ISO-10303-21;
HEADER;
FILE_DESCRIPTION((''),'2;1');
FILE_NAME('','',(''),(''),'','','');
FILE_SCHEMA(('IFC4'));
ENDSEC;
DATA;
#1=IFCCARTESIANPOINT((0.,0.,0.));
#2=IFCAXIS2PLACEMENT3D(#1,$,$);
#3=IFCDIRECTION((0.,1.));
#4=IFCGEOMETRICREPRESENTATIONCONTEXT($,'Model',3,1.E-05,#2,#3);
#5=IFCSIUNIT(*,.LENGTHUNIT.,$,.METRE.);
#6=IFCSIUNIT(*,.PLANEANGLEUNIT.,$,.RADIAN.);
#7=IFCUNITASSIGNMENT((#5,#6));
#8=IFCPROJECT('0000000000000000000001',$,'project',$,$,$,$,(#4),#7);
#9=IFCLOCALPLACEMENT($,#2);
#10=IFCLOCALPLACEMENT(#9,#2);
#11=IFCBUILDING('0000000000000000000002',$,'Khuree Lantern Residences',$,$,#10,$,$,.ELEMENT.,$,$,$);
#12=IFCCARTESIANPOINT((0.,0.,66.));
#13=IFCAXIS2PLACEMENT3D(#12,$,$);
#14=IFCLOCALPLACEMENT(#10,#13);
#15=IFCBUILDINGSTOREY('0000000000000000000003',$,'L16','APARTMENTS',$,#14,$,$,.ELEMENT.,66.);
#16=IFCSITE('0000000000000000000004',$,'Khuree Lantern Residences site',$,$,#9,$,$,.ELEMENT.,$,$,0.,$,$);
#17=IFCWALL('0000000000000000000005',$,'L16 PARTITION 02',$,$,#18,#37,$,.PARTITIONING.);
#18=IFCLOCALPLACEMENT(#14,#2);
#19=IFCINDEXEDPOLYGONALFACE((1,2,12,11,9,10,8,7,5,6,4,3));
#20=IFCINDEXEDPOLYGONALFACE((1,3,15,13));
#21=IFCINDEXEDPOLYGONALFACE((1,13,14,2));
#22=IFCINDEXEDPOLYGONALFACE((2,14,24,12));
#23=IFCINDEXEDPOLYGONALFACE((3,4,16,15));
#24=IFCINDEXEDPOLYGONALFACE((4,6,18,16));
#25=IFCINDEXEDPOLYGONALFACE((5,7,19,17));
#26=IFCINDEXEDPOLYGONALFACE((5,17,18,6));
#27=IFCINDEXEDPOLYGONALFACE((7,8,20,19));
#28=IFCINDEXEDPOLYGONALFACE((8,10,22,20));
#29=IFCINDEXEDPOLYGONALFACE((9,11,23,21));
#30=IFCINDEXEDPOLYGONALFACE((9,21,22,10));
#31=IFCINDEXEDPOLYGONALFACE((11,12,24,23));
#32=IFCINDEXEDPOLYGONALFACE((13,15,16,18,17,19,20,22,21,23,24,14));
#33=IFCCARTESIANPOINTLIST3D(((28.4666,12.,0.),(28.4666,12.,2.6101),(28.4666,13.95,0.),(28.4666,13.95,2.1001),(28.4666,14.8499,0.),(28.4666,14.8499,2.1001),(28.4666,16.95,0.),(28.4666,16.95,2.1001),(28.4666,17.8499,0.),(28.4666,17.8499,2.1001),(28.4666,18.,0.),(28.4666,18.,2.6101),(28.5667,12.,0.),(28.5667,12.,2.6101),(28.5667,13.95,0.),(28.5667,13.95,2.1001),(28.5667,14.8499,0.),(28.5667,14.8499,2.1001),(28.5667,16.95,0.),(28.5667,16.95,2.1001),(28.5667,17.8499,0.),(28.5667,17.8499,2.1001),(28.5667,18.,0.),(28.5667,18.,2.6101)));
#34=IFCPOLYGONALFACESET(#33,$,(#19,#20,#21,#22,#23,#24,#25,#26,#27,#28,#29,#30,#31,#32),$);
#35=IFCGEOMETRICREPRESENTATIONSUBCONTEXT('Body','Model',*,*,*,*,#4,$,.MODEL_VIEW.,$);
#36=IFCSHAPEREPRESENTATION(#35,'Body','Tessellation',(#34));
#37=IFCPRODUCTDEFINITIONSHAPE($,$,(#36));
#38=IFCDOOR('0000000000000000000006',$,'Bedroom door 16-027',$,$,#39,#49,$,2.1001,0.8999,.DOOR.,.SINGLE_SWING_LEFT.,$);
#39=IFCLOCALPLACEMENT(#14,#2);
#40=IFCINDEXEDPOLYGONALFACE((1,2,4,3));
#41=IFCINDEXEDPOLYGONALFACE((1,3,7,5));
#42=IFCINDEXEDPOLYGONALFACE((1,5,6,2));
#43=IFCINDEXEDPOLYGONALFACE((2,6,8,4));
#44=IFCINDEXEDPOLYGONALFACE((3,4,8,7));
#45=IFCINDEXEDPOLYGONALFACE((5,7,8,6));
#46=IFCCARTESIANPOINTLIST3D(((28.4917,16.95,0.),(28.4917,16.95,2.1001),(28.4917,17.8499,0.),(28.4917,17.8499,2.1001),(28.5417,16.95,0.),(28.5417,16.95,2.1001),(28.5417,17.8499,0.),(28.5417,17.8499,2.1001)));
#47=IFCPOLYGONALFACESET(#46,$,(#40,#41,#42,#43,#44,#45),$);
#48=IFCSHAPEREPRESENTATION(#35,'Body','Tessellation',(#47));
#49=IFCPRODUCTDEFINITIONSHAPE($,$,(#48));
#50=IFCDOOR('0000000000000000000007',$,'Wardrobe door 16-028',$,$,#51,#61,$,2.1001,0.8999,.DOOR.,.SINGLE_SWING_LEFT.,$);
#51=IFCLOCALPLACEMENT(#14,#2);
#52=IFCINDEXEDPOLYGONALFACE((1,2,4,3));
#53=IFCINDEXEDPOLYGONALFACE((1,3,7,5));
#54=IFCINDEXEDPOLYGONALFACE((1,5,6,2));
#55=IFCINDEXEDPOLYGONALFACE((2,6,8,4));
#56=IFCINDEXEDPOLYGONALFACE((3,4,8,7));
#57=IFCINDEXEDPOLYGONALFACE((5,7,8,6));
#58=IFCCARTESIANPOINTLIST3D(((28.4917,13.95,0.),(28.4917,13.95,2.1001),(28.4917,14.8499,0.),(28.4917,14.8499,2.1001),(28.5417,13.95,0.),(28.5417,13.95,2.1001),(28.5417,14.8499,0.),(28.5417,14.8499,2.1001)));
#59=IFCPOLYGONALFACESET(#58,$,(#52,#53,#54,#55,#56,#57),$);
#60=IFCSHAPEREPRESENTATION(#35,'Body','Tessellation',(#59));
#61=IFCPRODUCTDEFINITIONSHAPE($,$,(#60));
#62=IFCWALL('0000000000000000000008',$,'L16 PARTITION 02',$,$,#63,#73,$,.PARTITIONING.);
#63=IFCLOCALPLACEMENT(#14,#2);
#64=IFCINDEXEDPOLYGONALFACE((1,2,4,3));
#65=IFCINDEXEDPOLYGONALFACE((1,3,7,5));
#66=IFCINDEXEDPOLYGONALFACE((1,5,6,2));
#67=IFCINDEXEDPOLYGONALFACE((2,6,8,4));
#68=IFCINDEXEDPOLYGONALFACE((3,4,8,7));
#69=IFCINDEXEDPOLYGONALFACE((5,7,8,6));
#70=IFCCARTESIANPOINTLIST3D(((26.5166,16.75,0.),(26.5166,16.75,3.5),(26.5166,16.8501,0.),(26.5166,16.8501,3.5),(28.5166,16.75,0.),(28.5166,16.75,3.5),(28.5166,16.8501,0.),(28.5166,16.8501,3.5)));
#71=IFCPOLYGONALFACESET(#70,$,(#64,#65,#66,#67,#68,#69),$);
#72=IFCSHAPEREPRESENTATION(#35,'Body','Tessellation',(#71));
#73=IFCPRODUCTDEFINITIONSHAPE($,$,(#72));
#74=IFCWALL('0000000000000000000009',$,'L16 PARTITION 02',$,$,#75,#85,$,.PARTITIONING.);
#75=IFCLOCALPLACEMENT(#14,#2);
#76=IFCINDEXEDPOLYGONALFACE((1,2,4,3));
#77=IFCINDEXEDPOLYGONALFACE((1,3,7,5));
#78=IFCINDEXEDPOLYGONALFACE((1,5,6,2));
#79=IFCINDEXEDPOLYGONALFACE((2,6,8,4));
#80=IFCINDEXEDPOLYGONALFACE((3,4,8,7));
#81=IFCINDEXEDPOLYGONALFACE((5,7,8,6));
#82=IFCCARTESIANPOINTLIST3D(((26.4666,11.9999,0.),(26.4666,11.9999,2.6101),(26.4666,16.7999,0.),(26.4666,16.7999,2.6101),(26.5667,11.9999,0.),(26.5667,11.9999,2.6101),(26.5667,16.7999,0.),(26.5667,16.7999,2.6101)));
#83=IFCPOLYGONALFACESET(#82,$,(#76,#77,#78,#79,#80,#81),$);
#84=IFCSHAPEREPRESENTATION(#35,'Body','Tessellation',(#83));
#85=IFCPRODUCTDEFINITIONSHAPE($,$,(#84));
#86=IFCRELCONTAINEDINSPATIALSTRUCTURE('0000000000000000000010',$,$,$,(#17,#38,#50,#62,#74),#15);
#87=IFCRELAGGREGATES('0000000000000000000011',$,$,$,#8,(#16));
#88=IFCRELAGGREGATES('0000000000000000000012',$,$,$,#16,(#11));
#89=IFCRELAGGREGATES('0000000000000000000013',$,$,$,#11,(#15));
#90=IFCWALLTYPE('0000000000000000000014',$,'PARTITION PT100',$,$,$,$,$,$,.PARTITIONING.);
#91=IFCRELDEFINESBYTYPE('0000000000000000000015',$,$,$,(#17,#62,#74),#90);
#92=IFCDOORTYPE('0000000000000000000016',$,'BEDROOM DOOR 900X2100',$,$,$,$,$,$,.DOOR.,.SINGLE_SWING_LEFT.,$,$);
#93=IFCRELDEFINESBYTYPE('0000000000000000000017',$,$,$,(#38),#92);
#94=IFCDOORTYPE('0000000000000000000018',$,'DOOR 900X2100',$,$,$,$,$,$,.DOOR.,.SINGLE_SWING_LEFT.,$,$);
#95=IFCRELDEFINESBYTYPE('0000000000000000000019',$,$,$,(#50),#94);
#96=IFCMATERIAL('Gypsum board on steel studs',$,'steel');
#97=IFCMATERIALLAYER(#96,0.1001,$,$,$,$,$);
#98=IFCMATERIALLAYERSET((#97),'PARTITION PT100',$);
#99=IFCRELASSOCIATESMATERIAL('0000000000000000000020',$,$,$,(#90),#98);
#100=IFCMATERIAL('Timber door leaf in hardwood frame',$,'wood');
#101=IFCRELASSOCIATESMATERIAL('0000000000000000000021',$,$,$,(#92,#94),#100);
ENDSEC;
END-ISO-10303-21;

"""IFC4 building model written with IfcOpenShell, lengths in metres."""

from ifc_helpers import new_model, si_unit, direction, frame, frame_2d, origin, place, context, subcontext, project, spatial, rectangle, extrude, material, layer, layer_set, type_object, element, fill, save


model = new_model("IFC4")

# Units and contexts
model_context = context("Model", 3, precision=1e-05, world=origin(), true_north=direction((0.0, 1.0)))
body_context = subcontext(model_context, "Body", "Model", "MODEL_VIEW")
ifc_project = project(units=[si_unit("LENGTHUNIT", "METRE"), si_unit("PLANEANGLEUNIT", "RADIAN")], contexts=[model_context])

# Site, building, storey
site_placement = place(None, origin())
site = spatial("IfcSite", under=ifc_project, at=site_placement, Name="Khuree Lantern Residences site", CompositionType="ELEMENT", RefElevation=0.0)
building_placement = place(site_placement, origin())
building = spatial("IfcBuilding", under=site, at=building_placement, Name="Khuree Lantern Residences", CompositionType="ELEMENT")
storey_placement = place(building_placement, frame((0.0, 0.0, 66.0)))
storey = spatial("IfcBuildingStorey", under=building, at=storey_placement, Name="L16", Description="APARTMENTS", CompositionType="ELEMENT", Elevation=66.0)

# Shared definitions
ifc_material_1 = material(Name="Gypsum board on steel studs", Category="steel")
ifc_layer_1 = layer(ifc_material_1, 0.1001)
ifc_layer_set_1 = layer_set([ifc_layer_1], Name="PARTITION PT100")
wall_type = type_object("IfcWallType", Name="PARTITION PT100", PredefinedType="PARTITIONING", material=ifc_layer_set_1)

# Shared definitions
ifc_material_2 = material(Name="Timber door leaf in hardwood frame", Category="wood")
door_type_1 = type_object("IfcDoorType", Name="BEDROOM DOOR 900X2100", OperationType="SINGLE_SWING_LEFT", PredefinedType="DOOR", material=ifc_material_2)

# Wall, openings, doors
wall_1_placement = place(storey_placement, frame((28.5166, 12.0, 0.0), z_axis=(0.0, 0.0, 1.0), x_axis=(0.0, 1.0, 0.0)))
wall_1 = element("IfcWall", 1, at=wall_1_placement, inside=storey, type_object=wall_type, Name="L16 PARTITION 02", PredefinedType="PARTITIONING", context=body_context, shape_type="SweptSolid", body=[
    extrude(rectangle(XDim=6.0, YDim=0.1001, at=frame_2d((3.0, 0.0))), origin(), (0.0, 0.0, 1.0), 2.6101),
])
opening_1_placement = place(wall_1_placement, frame((4.95, 0.0, 0.0)))
opening_1 = element("IfcOpeningElement", 2, at=opening_1_placement, cuts=wall_1, PredefinedType="OPENING", context=body_context, shape_type="SweptSolid", body=[
    extrude(rectangle(XDim=0.8999, YDim=2.1001, at=frame_2d((0.45, 1.05))), frame((0.0, 0.0601, 0.0), z_axis=(0.0, -1.0, 0.0), x_axis=(1.0, 0.0, 0.0)), (0.0, 0.0, 1.0), 0.1201),
])
opening_2_placement = place(wall_1_placement, frame((1.95, 0.0, 0.0)))
opening_2 = element("IfcOpeningElement", 3, at=opening_2_placement, cuts=wall_1, PredefinedType="OPENING", context=body_context, shape_type="SweptSolid", body=[
    extrude(rectangle(XDim=0.8999, YDim=2.1001, at=frame_2d((0.45, 1.05))), frame((0.0, 0.0601, 0.0), z_axis=(0.0, -1.0, 0.0), x_axis=(1.0, 0.0, 0.0)), (0.0, 0.0, 1.0), 0.1201),
])
door_1_placement = place(opening_1_placement, origin())
door_1 = element("IfcDoor", 4, at=door_1_placement, inside=storey, type_object=door_type_1, Name="Bedroom door 16-027", OperationType="SINGLE_SWING_LEFT", OverallHeight=2.1001, OverallWidth=0.8999, PredefinedType="DOOR", context=body_context, shape_type="SweptSolid", body=[
    extrude(rectangle(XDim=0.8999, YDim=2.1001, at=frame_2d((0.45, 1.05))), frame((0.0, 0.0249, 0.0), z_axis=(0.0, -1.0, 0.0), x_axis=(1.0, 0.0, 0.0)), (0.0, 0.0, 1.0), 0.05),
])
fill(opening_1, door_1)
door_type_2 = type_object("IfcDoorType", Name="DOOR 900X2100", OperationType="SINGLE_SWING_LEFT", PredefinedType="DOOR", material=ifc_material_2)
door_2_placement = place(opening_2_placement, origin())
door_2 = element("IfcDoor", 5, at=door_2_placement, inside=storey, type_object=door_type_2, Name="Wardrobe door 16-028", OperationType="SINGLE_SWING_LEFT", OverallHeight=2.1001, OverallWidth=0.8999, PredefinedType="DOOR", context=body_context, shape_type="SweptSolid", body=[
    extrude(rectangle(XDim=0.8999, YDim=2.1001, at=frame_2d((0.45, 1.05))), frame((0.0, 0.0249, 0.0), z_axis=(0.0, -1.0, 0.0), x_axis=(1.0, 0.0, 0.0)), (0.0, 0.0, 1.0), 0.05),
])
fill(opening_2, door_2)

# Walls
wall_2_placement = place(storey_placement, frame((26.5166, 16.8, 0.0), z_axis=(0.0, 0.0, 1.0), x_axis=(1.0, 0.0, 0.0)))
element("IfcWall", 6, at=wall_2_placement, inside=storey, type_object=wall_type, Name="L16 PARTITION 02", PredefinedType="PARTITIONING", context=body_context, shape_type="SweptSolid", body=[
    extrude(rectangle(XDim=2.0, YDim=0.1001, at=frame_2d((1.0, 0.0))), origin(), (0.0, 0.0, 1.0), 3.5),
])
wall_3_placement = place(storey_placement, frame((26.5166, 12.0, 0.0), z_axis=(0.0, 0.0, 1.0), x_axis=(0.0, 1.0, 0.0)))
element("IfcWall", 7, at=wall_3_placement, inside=storey, type_object=wall_type, Name="L16 PARTITION 02", PredefinedType="PARTITIONING", context=body_context, shape_type="SweptSolid", body=[
    extrude(rectangle(XDim=4.8, YDim=0.1001, at=frame_2d((2.3999, 0.0))), origin(), (0.0, 0.0, 1.0), 2.6101),
])

save(model, "model.ifc")
